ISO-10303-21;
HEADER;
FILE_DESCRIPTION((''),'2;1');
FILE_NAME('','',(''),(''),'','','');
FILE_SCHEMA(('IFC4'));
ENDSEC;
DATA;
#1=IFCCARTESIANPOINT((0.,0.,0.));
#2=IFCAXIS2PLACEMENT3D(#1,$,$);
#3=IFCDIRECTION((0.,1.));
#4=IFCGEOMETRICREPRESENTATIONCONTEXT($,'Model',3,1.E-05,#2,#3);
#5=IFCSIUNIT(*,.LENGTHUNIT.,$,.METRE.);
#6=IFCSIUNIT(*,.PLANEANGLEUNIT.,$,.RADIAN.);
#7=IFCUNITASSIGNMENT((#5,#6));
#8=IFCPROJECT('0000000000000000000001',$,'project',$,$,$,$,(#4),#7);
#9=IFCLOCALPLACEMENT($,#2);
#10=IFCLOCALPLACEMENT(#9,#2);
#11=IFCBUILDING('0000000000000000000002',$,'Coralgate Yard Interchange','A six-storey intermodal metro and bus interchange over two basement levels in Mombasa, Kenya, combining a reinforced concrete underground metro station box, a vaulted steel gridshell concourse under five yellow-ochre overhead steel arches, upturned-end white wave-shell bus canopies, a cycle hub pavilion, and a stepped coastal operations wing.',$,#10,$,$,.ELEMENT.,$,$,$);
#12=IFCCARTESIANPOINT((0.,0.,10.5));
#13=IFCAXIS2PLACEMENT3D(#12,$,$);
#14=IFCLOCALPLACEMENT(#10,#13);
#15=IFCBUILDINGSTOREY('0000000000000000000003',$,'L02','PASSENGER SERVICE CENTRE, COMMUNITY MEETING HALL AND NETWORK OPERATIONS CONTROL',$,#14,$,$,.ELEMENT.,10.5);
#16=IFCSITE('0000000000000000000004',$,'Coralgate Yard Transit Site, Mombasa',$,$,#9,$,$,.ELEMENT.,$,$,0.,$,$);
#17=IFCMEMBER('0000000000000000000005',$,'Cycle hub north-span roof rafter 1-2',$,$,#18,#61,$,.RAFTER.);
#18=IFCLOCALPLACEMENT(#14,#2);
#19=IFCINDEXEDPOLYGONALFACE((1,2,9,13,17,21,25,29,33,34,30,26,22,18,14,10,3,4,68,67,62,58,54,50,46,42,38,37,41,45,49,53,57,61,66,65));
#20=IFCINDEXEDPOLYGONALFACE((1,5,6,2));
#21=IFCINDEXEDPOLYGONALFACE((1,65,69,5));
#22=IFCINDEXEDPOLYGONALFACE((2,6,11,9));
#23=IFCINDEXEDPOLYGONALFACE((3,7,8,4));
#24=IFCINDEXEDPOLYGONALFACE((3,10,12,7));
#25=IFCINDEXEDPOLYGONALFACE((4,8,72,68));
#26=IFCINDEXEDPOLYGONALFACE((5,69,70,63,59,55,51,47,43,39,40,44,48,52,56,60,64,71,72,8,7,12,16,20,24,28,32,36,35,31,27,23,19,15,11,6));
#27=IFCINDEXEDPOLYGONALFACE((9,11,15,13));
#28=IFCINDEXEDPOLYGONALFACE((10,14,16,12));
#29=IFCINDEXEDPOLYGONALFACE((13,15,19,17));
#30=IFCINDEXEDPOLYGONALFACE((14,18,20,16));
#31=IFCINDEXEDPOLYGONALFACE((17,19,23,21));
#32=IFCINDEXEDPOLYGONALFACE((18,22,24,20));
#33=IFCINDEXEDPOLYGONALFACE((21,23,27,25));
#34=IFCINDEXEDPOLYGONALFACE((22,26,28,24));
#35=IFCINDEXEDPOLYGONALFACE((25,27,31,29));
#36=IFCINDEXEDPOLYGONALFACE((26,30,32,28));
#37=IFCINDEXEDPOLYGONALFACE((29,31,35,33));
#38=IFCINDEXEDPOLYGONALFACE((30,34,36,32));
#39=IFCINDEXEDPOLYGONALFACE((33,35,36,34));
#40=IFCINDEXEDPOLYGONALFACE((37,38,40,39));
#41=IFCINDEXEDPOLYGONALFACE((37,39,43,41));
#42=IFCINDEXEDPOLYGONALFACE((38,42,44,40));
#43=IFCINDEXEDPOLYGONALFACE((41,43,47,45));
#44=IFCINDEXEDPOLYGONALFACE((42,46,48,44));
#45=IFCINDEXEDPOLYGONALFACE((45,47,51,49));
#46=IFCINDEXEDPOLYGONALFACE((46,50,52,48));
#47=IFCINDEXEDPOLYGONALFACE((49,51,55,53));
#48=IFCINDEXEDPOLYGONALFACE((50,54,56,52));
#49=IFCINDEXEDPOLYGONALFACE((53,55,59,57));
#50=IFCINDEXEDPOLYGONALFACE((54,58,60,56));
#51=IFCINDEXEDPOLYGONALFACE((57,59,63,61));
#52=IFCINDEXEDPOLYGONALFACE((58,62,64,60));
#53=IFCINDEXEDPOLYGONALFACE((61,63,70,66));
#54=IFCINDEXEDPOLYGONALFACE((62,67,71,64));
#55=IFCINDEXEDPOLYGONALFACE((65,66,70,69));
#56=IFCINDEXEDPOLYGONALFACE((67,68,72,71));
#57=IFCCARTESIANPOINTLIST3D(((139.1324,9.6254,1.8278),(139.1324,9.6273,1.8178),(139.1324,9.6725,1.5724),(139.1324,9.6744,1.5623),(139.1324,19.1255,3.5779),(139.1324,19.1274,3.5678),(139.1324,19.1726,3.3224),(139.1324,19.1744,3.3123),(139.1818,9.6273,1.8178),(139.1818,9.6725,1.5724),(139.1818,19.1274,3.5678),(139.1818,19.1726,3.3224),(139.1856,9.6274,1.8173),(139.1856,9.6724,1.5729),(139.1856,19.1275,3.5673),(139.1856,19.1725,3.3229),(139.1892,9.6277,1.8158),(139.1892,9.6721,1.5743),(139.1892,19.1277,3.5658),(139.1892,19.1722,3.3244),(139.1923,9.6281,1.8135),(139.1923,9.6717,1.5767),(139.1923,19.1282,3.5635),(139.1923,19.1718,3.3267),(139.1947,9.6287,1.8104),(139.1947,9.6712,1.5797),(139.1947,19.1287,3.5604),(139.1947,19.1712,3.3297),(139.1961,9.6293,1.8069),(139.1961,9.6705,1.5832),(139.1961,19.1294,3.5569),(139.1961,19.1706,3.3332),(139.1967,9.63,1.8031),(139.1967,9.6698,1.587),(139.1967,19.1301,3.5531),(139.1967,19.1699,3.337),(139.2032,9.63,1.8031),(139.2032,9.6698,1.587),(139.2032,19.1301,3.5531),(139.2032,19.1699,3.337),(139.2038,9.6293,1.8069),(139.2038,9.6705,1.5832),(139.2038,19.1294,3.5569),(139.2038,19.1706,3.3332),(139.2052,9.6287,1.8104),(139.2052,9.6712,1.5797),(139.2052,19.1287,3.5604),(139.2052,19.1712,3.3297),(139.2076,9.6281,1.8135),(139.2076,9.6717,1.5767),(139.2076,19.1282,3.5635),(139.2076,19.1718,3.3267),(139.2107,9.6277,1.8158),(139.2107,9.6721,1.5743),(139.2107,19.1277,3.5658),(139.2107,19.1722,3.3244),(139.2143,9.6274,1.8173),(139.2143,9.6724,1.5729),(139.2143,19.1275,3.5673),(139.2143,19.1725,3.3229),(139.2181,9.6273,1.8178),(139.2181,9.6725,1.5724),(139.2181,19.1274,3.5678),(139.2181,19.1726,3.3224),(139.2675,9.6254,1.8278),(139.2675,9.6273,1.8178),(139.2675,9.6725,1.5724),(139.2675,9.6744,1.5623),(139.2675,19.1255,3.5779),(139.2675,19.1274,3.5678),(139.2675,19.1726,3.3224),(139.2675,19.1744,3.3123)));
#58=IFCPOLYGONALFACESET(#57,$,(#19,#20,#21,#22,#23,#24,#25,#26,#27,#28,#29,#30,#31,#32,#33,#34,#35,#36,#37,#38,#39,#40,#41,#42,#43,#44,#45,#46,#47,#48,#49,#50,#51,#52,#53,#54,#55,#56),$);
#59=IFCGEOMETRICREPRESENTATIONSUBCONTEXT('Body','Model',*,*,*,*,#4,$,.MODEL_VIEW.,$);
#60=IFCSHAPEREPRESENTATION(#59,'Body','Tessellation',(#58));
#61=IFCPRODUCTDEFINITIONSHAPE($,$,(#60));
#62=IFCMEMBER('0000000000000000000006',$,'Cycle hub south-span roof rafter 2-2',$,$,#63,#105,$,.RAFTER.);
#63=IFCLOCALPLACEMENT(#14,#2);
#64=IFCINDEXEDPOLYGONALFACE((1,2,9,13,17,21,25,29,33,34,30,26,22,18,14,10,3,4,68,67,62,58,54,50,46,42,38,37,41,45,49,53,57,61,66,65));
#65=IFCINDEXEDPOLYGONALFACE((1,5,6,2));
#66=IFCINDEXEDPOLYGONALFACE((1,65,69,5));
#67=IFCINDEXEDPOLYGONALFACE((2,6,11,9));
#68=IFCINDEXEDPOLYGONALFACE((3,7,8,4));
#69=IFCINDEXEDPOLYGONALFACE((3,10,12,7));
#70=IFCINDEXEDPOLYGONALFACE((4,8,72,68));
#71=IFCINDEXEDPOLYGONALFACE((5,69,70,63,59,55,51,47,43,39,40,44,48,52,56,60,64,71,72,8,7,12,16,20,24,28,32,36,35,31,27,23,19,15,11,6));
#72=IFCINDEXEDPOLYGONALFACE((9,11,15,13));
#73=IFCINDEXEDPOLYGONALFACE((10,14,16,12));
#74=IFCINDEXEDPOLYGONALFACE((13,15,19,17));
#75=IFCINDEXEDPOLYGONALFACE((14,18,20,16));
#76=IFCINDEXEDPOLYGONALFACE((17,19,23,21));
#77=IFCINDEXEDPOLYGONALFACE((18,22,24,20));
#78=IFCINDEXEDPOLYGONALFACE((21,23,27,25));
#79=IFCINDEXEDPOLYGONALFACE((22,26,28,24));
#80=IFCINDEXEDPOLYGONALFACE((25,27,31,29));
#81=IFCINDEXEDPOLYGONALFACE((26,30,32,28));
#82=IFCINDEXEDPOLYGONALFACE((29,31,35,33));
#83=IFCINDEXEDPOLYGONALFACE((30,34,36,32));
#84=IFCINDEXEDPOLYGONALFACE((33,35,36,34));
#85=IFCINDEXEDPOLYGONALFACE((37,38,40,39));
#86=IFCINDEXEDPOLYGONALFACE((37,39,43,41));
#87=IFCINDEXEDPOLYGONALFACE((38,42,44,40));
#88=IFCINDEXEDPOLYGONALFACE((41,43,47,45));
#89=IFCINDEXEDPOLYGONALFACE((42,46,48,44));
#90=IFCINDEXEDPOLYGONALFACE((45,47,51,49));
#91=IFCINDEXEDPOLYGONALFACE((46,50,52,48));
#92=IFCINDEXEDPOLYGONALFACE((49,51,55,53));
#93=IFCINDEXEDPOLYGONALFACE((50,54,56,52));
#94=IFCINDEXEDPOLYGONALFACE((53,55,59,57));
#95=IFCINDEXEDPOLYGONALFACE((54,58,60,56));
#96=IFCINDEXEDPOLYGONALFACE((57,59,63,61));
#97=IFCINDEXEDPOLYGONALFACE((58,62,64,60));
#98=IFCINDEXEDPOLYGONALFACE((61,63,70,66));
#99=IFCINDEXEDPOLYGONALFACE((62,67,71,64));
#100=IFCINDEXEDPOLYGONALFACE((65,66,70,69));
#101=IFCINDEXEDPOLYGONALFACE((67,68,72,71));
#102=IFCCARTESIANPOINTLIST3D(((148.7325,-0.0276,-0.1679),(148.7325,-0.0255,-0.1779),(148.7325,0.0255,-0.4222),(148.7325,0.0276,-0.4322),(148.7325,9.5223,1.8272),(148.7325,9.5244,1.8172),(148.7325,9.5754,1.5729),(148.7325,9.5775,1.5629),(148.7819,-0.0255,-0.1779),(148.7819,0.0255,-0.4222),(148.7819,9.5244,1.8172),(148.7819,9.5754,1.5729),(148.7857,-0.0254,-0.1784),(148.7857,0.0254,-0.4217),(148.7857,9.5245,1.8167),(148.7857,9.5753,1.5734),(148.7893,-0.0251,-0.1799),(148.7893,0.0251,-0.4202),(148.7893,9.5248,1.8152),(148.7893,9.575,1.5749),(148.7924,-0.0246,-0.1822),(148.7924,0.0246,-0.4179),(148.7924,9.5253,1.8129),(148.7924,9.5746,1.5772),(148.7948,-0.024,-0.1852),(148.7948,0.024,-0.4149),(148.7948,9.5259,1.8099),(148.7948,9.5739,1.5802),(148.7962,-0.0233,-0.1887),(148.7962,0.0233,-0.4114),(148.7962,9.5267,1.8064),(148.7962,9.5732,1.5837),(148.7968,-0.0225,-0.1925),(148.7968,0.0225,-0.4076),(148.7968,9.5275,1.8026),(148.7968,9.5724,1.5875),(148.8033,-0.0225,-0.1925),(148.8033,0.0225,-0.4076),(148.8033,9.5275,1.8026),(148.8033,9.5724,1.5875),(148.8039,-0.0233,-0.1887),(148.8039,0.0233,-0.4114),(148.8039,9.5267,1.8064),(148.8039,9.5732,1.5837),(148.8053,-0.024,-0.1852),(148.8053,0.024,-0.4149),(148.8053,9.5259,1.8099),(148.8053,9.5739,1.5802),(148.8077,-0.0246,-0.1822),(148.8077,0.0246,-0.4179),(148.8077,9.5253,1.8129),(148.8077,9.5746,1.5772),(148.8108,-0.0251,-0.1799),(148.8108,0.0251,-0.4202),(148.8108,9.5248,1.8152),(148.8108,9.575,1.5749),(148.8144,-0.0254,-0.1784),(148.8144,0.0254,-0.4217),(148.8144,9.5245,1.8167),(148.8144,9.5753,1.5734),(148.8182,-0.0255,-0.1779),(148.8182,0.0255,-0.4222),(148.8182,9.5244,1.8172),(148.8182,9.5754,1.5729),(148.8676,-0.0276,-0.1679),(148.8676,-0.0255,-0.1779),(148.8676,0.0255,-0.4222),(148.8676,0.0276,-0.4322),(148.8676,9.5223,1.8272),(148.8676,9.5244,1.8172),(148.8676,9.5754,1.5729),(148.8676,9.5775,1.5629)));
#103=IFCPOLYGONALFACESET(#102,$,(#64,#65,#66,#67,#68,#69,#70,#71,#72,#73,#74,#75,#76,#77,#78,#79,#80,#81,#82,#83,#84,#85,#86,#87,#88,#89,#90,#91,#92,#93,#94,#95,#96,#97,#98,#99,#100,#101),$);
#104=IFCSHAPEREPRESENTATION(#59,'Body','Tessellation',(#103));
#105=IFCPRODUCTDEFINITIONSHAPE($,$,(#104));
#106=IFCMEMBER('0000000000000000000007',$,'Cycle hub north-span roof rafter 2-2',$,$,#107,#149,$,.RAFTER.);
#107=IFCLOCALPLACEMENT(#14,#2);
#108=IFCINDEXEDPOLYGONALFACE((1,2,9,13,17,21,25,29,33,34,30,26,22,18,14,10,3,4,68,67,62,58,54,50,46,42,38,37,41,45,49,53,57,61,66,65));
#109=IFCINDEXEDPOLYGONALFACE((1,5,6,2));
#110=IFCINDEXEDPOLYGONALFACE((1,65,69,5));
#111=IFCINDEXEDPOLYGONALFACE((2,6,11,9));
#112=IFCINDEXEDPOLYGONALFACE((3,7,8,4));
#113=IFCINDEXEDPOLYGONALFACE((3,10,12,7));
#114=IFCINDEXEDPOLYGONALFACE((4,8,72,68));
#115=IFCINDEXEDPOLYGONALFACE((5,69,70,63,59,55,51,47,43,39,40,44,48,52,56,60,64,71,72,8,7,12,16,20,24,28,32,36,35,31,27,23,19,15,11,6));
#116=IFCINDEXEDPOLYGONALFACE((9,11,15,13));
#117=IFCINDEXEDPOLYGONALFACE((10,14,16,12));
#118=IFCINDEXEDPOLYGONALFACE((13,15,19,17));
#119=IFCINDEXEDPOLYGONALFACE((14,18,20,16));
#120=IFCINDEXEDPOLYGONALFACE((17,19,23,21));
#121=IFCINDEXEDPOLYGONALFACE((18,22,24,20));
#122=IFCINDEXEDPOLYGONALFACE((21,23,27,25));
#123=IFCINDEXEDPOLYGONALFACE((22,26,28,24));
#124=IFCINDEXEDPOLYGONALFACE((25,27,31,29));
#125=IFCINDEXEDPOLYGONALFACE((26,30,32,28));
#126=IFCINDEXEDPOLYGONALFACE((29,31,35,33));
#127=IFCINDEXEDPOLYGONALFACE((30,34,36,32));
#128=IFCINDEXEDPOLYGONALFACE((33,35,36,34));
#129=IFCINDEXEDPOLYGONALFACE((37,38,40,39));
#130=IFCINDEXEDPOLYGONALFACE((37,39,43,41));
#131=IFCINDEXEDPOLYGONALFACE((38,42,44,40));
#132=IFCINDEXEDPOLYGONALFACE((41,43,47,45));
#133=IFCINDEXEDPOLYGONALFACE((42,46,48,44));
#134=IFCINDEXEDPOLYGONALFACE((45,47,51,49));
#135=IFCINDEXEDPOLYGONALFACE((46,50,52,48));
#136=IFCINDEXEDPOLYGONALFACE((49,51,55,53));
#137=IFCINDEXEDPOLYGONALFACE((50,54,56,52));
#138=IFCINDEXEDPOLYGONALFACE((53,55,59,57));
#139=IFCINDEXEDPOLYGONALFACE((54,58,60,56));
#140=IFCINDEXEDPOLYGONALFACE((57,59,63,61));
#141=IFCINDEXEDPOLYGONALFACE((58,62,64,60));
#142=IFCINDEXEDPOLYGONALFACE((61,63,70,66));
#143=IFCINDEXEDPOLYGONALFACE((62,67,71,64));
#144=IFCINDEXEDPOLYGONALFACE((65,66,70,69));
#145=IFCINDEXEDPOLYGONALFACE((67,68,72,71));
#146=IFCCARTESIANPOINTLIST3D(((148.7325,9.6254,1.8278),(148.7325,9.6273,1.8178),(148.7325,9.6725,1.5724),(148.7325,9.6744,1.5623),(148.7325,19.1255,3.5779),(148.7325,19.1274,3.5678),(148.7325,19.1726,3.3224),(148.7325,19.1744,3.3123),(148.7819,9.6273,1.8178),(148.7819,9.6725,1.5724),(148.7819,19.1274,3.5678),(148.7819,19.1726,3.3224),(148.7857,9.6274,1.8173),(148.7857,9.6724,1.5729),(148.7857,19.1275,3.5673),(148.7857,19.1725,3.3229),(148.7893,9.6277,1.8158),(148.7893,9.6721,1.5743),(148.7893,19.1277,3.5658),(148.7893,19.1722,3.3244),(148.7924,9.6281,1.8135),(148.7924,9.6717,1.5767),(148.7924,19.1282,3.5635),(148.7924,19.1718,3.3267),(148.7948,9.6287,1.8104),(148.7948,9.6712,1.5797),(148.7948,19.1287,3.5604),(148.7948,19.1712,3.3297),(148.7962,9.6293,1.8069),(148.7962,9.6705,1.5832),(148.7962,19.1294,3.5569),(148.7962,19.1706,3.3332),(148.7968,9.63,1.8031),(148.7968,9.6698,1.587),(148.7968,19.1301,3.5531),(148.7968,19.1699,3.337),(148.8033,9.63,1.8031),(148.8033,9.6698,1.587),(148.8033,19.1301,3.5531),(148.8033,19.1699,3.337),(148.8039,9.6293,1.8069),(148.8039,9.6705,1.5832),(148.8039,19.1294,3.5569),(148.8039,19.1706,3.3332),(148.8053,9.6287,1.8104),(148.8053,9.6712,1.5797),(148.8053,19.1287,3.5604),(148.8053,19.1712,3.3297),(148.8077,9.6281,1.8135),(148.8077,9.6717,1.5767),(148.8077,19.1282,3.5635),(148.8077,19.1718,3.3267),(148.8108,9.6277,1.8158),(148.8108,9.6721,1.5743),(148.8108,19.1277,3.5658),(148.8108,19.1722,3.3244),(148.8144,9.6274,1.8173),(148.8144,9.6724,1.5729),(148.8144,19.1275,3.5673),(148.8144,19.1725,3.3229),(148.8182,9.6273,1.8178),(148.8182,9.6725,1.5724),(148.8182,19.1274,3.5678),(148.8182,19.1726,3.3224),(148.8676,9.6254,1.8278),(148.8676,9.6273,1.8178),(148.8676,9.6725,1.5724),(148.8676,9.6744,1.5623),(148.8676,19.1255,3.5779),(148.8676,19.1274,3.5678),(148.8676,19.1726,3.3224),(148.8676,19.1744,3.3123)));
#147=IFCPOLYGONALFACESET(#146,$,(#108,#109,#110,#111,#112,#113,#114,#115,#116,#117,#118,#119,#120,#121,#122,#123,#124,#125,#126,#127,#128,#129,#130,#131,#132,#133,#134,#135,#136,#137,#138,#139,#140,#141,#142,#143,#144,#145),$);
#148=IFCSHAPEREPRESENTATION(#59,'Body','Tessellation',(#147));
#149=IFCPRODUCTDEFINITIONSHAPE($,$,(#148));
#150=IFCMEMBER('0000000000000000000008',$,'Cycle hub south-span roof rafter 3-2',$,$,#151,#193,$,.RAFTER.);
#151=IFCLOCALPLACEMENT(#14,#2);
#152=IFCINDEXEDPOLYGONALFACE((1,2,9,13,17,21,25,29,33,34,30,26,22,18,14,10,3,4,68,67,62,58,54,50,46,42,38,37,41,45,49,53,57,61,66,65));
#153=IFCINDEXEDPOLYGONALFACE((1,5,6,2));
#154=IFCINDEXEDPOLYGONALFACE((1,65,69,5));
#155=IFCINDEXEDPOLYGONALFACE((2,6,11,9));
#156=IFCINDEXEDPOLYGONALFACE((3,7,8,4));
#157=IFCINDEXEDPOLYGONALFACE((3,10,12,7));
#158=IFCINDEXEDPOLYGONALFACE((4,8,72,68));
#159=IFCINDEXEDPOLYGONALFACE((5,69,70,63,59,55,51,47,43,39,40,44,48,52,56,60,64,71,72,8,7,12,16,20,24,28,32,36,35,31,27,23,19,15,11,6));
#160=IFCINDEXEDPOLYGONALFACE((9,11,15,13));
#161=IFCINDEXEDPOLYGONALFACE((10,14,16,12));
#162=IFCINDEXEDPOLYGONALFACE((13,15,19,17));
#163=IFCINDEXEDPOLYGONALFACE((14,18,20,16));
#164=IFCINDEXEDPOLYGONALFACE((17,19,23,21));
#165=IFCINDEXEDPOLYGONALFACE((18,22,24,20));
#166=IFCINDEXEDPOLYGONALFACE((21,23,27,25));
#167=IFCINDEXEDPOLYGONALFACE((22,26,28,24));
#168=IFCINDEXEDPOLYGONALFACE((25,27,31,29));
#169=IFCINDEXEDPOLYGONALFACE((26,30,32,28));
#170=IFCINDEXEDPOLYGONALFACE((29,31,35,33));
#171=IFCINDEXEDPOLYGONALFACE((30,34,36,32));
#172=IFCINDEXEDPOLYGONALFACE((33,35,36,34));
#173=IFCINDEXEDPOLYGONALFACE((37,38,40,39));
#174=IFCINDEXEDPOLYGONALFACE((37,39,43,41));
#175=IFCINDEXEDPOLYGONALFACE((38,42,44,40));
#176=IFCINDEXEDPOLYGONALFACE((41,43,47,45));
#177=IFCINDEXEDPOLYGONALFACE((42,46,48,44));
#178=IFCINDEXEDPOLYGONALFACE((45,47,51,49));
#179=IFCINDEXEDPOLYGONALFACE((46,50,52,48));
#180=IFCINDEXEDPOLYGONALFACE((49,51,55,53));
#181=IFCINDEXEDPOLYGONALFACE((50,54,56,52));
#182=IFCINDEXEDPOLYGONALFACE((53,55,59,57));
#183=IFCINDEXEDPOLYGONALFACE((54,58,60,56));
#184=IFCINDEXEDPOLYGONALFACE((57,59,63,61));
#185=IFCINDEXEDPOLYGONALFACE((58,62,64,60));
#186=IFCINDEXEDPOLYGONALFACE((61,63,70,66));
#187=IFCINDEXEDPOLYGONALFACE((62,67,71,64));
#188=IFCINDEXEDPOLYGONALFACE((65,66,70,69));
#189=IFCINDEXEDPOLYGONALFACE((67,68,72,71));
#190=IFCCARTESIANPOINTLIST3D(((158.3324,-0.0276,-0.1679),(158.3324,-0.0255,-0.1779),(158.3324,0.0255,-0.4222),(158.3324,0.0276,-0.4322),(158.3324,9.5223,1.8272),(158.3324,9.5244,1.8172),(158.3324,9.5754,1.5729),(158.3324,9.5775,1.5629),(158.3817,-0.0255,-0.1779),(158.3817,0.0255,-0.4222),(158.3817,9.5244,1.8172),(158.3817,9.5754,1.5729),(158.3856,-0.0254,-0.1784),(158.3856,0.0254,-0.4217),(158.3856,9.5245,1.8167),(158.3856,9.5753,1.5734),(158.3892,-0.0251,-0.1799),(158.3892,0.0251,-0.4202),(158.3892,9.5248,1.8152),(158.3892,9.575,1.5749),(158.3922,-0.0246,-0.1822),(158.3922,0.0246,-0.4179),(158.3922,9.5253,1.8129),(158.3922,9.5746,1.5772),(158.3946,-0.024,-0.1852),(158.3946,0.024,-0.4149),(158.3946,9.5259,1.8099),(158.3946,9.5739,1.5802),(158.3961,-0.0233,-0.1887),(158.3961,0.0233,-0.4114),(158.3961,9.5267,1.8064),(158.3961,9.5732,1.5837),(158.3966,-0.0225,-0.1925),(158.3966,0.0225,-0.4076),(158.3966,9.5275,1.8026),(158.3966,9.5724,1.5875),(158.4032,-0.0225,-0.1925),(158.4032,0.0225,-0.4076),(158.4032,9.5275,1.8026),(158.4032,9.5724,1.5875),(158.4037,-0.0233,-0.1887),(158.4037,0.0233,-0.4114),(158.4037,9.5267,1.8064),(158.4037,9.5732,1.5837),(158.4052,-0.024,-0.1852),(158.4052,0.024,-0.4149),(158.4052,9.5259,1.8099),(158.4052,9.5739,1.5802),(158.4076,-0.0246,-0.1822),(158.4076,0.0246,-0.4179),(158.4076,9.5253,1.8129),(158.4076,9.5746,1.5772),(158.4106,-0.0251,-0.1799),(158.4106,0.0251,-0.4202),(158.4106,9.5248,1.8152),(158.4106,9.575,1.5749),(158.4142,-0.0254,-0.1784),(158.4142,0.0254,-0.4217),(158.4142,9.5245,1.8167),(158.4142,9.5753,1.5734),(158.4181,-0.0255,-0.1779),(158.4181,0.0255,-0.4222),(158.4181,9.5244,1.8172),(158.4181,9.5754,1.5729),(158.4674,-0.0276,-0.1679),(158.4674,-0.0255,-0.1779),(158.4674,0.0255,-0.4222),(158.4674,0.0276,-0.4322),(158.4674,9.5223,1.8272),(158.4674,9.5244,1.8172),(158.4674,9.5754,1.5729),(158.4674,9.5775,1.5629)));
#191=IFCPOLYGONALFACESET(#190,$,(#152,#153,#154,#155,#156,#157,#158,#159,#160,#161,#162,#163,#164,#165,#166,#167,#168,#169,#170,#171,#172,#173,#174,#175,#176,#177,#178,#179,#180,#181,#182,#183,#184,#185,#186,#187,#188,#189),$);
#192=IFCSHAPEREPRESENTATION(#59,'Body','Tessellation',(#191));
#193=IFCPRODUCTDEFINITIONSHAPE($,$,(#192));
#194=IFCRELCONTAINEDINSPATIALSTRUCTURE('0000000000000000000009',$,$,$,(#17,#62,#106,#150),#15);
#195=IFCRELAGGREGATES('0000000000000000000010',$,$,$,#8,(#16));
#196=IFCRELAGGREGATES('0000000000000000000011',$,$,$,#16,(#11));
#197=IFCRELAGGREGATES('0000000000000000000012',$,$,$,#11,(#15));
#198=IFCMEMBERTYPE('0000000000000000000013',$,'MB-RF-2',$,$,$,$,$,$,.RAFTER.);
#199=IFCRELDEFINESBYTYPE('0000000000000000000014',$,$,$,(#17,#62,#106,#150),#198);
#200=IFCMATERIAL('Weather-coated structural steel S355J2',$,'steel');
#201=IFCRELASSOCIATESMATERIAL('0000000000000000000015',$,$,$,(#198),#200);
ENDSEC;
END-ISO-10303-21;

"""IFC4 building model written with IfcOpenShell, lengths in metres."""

from ifc_helpers import new_model, si_unit, direction, frame, origin, origin_2d, place, context, subcontext, project, spatial, i_section, extrude, material, material_profile, profile_set, type_object, element, save


model = new_model("IFC4")

# Units and contexts
model_context = context("Model", 3, precision=1e-05, world=origin(), true_north=direction((0.0, 1.0)))
body_context = subcontext(model_context, "Body", "Model", "MODEL_VIEW")
ifc_project = project(units=[si_unit("LENGTHUNIT", "METRE"), si_unit("PLANEANGLEUNIT", "RADIAN")], contexts=[model_context])

# Site, building, storey
site_placement = place(None, origin())
site = spatial("IfcSite", under=ifc_project, at=site_placement, Name="Coralgate Yard Transit Site, Mombasa", CompositionType="ELEMENT", RefElevation=0.0)
building_placement = place(site_placement, origin())
building = spatial("IfcBuilding", under=site, at=building_placement, Name="Coralgate Yard Interchange", Description="A six-storey intermodal metro and bus interchange over two basement levels in Mombasa, Kenya, combining a reinforced concrete underground metro station box, a vaulted steel gridshell concourse under five yellow-ochre overhead steel arches, upturned-end white wave-shell bus canopies, a cycle hub pavilion, and a stepped coastal operations wing.", CompositionType="ELEMENT")
storey_placement = place(building_placement, frame((0.0, 0.0, 10.5)))
storey = spatial("IfcBuildingStorey", under=building, at=storey_placement, Name="L02", Description="PASSENGER SERVICE CENTRE, COMMUNITY MEETING HALL AND NETWORK OPERATIONS CONTROL", CompositionType="ELEMENT", Elevation=10.5)

# Members
ifc_material_1 = material(Name="Weather-coated structural steel S355J2", Category="steel")
ifc_material_profile_1 = material_profile(ifc_material_1, i_section(OverallWidth=0.135, OverallDepth=0.27, WebThickness=0.0066, FlangeThickness=0.0103, FilletRadius=0.0149, at=origin_2d()), Name="IPE 270")
ifc_profile_set_1 = profile_set([ifc_material_profile_1], Name="Weather-coated structural steel S355J2")
member_type_1 = type_object("IfcMemberType", Name="MB-RF-2", PredefinedType="RAFTER", material=ifc_profile_set_1)
member_1_placement = place(storey_placement, frame((139.2, 9.6499, 1.6951), z_axis=(0.0, 0.983453, 0.181162), x_axis=(-1.0, 0.0, 0.0)))
element("IfcMember", 1, at=member_1_placement, inside=storey, type_object=member_type_1, Name="Cycle hub north-span roof rafter 1-2", PredefinedType="RAFTER", context=body_context, shape_type="SweptSolid", body=[
    extrude(i_section(OverallWidth=0.135, OverallDepth=0.27, WebThickness=0.0066, FlangeThickness=0.0103, FilletRadius=0.0149, at=origin_2d()), origin(), (0.0, 0.0, 1.0), 9.6599),
])
member_2_placement = place(storey_placement, frame((148.8, 0.0, -0.3), z_axis=(0.0, 0.978867, 0.204497), x_axis=(-1.0, 0.0, 0.0)))
element("IfcMember", 2, at=member_2_placement, inside=storey, type_object=member_type_1, Name="Cycle hub south-span roof rafter 2-2", PredefinedType="RAFTER", context=body_context, shape_type="SweptSolid", body=[
    extrude(i_section(OverallWidth=0.135, OverallDepth=0.27, WebThickness=0.0066, FlangeThickness=0.0103, FilletRadius=0.0149, at=origin_2d()), origin(), (0.0, 0.0, 1.0), 9.7561),
])
member_3_placement = place(storey_placement, frame((148.8, 9.6499, 1.6951), z_axis=(0.0, 0.983453, 0.181162), x_axis=(-1.0, 0.0, 0.0)))
element("IfcMember", 3, at=member_3_placement, inside=storey, type_object=member_type_1, Name="Cycle hub north-span roof rafter 2-2", PredefinedType="RAFTER", context=body_context, shape_type="SweptSolid", body=[
    extrude(i_section(OverallWidth=0.135, OverallDepth=0.27, WebThickness=0.0066, FlangeThickness=0.0103, FilletRadius=0.0149, at=origin_2d()), origin(), (0.0, 0.0, 1.0), 9.6599),
])
for number, where, z_axis, x_axis, name in (
    (4, (158.3999, 0.0, -0.3), (0.0, 0.978867, 0.204497), (-1.0, 0.0, 0.0), "Cycle hub south-span roof rafter 3-2"),
):
    element("IfcMember", number, at=place(storey_placement, frame(where, z_axis=z_axis, x_axis=x_axis)), inside=storey, type_object=member_type_1, Name=name, PredefinedType="RAFTER", context=body_context, shape_type="SweptSolid", body=[
        extrude(i_section(OverallWidth=0.135, OverallDepth=0.27, WebThickness=0.0066, FlangeThickness=0.0103, FilletRadius=0.0149, at=origin_2d()), origin(), (0.0, 0.0, 1.0), 9.7561),
    ])

save(model, "model.ifc")
